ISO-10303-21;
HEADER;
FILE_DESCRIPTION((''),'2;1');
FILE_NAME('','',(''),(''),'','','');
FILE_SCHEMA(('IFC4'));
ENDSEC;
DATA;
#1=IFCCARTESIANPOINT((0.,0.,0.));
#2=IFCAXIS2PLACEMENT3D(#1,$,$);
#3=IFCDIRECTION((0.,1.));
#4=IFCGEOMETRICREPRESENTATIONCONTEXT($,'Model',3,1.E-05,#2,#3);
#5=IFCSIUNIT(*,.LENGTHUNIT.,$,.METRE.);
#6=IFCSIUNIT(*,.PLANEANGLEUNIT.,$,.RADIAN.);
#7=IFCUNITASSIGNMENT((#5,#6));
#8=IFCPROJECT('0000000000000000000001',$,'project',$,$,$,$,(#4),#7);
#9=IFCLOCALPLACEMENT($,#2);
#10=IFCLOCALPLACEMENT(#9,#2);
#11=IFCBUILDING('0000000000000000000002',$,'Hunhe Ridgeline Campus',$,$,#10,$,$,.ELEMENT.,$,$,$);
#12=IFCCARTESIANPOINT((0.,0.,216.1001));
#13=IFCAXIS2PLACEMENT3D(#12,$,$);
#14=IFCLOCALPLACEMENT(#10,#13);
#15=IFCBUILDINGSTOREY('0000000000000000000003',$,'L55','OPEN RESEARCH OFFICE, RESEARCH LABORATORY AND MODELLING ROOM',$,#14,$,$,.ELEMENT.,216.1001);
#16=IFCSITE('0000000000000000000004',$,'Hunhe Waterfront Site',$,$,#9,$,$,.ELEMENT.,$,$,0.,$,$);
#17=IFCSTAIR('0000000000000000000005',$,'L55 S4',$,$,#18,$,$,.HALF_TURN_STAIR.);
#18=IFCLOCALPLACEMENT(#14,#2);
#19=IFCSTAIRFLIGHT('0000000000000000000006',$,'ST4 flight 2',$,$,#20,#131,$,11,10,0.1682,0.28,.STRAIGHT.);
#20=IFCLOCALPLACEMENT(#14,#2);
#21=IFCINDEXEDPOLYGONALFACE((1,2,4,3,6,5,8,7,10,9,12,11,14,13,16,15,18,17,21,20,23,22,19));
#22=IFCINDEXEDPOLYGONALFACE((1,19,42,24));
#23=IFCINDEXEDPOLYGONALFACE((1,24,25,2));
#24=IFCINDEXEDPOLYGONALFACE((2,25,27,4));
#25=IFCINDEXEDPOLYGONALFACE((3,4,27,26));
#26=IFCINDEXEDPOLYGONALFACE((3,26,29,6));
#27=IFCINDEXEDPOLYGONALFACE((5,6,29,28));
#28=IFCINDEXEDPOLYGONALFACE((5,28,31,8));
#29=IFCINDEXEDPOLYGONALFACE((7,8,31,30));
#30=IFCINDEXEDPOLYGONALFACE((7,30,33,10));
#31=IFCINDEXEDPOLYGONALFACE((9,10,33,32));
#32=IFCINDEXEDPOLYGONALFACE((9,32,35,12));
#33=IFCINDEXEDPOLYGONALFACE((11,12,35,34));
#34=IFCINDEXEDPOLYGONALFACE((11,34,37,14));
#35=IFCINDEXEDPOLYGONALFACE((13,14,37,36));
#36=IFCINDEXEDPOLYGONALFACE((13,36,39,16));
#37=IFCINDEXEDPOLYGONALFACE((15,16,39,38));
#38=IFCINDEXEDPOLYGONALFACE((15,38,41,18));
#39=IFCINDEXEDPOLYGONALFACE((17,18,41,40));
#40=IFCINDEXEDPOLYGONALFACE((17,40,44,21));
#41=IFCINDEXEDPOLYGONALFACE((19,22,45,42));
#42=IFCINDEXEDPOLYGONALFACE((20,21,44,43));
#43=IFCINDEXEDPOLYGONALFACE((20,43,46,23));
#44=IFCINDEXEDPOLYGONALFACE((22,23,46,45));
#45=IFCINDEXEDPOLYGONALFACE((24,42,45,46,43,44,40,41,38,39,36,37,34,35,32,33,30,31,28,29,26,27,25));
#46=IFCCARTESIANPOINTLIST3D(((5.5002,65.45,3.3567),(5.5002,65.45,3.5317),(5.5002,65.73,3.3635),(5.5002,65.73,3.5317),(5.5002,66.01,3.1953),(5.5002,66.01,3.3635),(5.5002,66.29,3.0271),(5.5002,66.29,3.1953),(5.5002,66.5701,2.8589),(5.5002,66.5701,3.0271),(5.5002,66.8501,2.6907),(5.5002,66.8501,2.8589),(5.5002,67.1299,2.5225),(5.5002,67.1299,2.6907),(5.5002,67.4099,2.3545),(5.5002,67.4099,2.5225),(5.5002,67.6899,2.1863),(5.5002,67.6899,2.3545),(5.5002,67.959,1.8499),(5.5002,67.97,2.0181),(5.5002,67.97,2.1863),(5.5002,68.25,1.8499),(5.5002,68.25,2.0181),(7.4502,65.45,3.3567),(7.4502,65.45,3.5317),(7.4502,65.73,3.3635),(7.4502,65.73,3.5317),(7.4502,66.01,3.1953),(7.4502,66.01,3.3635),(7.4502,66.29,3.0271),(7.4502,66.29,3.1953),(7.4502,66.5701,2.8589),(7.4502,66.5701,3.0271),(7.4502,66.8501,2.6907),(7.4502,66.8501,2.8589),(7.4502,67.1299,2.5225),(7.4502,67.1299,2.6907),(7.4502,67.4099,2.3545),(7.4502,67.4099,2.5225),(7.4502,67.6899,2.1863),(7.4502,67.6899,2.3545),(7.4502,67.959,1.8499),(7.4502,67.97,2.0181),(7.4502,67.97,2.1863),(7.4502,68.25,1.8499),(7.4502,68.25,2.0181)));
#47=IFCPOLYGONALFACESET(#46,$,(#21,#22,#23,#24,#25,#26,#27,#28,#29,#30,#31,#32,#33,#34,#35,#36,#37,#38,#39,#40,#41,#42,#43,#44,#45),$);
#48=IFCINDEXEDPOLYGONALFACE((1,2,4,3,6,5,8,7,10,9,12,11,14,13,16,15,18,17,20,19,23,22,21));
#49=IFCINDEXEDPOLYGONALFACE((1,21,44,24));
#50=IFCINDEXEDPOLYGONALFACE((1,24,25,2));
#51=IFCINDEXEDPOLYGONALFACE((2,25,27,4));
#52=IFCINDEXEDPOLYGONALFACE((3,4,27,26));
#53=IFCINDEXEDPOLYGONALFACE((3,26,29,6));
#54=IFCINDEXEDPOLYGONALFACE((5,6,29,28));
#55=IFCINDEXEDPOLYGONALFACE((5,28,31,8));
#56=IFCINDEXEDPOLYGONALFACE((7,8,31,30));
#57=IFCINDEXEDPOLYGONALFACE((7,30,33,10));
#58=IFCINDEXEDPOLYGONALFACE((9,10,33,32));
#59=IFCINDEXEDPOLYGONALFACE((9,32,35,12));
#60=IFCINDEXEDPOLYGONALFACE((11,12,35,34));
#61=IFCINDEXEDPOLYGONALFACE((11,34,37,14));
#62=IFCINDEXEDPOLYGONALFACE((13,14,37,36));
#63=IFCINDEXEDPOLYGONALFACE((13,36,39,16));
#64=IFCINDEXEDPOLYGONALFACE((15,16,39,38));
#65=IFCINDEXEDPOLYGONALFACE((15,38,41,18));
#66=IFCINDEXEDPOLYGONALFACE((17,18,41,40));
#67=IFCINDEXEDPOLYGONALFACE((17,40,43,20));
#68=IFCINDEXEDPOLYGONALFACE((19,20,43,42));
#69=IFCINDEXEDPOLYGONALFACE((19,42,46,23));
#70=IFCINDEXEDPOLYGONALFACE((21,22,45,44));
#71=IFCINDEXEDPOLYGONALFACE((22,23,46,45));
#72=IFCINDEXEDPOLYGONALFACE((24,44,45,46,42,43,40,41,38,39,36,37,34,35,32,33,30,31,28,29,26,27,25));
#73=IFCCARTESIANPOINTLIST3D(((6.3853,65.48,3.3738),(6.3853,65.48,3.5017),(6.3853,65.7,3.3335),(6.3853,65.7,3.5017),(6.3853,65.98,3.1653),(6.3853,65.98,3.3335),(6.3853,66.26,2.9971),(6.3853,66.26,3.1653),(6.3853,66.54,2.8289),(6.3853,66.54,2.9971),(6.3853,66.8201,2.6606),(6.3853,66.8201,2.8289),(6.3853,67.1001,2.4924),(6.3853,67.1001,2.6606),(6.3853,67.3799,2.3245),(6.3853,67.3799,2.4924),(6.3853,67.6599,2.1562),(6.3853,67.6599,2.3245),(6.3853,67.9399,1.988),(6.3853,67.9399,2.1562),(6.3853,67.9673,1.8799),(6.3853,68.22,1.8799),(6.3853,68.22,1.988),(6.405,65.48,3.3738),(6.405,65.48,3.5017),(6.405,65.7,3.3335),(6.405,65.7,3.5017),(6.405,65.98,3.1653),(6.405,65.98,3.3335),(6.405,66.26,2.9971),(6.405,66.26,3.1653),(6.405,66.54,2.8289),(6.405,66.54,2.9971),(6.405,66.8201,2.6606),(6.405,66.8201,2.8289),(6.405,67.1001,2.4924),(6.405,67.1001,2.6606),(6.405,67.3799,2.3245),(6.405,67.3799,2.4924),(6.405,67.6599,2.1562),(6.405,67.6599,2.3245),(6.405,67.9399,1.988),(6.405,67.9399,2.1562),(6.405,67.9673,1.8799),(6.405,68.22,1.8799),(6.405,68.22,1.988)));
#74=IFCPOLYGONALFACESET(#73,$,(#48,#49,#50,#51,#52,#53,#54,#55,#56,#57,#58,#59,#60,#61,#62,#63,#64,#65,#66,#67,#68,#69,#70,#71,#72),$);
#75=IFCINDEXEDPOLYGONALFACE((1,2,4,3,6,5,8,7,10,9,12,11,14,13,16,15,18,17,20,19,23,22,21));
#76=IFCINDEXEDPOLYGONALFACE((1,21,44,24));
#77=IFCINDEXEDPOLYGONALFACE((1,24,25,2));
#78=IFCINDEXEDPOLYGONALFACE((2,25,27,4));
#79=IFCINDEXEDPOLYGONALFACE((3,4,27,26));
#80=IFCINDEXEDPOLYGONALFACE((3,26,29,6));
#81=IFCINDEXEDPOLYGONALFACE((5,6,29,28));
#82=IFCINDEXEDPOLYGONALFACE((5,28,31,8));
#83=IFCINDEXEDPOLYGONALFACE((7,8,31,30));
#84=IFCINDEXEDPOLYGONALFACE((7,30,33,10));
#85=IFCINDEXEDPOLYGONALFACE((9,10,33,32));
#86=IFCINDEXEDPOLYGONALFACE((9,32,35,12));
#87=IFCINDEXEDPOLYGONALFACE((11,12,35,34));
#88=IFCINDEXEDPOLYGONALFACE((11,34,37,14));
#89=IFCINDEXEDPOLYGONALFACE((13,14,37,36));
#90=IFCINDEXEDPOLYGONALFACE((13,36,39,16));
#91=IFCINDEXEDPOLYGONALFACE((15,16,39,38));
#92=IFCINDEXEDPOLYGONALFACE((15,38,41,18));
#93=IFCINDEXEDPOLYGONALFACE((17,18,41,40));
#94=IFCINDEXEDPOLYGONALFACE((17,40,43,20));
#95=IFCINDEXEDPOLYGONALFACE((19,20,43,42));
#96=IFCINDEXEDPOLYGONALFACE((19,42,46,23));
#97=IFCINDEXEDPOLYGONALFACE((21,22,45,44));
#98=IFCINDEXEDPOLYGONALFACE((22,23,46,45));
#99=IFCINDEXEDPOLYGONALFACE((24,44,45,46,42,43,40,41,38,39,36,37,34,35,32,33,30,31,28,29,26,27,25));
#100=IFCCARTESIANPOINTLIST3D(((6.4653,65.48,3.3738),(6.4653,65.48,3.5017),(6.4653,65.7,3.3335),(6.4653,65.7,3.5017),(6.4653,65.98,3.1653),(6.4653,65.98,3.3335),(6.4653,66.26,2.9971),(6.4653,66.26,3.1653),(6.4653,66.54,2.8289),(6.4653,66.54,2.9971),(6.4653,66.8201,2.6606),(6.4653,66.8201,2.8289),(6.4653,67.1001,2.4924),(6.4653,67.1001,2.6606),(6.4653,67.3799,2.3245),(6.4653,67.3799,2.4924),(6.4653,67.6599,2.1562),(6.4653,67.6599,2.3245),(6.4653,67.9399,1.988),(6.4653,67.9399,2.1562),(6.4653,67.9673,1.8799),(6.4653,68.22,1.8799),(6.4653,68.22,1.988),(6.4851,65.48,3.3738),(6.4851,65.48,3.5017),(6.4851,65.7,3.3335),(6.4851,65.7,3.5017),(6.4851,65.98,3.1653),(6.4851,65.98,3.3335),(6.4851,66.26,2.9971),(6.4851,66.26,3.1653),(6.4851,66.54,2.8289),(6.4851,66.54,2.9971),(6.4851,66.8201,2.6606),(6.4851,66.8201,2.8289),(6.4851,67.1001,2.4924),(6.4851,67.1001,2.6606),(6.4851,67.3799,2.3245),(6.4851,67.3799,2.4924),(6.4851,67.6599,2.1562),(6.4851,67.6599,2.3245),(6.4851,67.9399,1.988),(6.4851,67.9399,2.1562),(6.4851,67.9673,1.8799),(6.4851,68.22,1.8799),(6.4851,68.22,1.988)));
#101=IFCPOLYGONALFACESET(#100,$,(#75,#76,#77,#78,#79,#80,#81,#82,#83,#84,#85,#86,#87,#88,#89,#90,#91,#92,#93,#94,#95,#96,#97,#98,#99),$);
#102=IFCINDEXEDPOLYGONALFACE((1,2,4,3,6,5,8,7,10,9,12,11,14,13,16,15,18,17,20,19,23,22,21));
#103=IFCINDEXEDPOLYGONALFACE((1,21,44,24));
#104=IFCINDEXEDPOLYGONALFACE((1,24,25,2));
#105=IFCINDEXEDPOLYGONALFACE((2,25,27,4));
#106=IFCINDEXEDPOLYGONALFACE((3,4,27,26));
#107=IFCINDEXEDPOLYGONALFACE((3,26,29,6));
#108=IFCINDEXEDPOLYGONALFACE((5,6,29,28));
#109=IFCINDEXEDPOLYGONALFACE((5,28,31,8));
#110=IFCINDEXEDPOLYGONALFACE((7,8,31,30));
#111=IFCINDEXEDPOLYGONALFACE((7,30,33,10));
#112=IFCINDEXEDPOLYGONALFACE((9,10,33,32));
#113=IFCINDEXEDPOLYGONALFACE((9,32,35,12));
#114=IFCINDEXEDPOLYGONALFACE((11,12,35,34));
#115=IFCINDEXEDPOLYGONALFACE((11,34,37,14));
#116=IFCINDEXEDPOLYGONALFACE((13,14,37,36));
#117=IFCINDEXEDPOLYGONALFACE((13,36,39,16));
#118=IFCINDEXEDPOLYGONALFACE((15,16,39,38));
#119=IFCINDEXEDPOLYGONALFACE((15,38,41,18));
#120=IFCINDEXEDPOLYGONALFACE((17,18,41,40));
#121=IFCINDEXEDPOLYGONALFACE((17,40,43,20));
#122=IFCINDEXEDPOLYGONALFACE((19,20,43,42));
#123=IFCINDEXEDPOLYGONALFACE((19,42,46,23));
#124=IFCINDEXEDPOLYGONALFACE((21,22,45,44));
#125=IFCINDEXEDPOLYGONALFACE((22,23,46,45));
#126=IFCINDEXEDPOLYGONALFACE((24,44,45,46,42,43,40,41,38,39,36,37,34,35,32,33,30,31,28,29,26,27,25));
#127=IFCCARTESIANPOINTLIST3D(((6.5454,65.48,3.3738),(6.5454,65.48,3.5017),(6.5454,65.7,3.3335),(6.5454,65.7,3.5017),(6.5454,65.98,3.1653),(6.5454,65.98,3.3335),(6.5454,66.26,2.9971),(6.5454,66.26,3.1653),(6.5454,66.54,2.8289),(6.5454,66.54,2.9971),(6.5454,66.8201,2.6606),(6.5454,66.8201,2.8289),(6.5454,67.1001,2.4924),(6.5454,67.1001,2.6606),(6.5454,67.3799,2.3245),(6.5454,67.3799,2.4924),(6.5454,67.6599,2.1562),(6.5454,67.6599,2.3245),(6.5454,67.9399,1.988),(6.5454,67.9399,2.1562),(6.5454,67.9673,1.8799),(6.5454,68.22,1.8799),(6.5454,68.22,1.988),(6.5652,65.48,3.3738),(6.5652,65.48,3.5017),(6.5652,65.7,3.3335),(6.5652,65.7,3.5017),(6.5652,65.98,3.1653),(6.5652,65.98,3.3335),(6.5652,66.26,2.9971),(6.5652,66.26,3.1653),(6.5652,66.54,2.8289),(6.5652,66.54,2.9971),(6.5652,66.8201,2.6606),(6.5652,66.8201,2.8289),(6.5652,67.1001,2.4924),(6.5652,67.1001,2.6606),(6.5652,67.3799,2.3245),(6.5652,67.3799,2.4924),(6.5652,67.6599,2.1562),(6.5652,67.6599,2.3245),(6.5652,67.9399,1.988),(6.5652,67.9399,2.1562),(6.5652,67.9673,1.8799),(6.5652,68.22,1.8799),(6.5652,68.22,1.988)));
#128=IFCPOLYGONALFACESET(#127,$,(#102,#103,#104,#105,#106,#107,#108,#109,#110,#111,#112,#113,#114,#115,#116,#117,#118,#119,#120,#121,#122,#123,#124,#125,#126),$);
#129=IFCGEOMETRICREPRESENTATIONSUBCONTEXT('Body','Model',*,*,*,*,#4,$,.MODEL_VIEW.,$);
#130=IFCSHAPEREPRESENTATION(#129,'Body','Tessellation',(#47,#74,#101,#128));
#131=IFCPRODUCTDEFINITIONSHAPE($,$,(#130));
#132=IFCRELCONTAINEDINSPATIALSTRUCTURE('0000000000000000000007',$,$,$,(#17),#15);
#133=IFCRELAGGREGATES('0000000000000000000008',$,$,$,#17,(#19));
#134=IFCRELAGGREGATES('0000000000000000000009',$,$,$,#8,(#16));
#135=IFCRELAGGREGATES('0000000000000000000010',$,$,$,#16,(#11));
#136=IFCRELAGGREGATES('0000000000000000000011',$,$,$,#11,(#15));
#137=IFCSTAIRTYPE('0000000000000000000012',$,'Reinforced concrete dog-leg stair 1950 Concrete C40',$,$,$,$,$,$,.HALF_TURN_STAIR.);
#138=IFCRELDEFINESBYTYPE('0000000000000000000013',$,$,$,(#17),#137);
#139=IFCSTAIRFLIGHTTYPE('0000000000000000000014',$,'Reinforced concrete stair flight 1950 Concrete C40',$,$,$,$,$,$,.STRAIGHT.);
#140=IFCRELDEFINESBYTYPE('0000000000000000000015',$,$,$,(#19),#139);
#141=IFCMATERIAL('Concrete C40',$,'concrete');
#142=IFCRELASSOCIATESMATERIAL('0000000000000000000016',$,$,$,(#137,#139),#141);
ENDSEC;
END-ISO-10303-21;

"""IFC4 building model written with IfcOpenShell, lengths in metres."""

from ifc_helpers import new_model, si_unit, direction, frame, origin, place, context, subcontext, project, spatial, polyline, outline, extrude, material, type_object, element, aggregate, save


model = new_model("IFC4")

# Units and contexts
model_context = context("Model", 3, precision=1e-05, world=origin(), true_north=direction((0.0, 1.0)))
body_context = subcontext(model_context, "Body", "Model", "MODEL_VIEW")
ifc_project = project(units=[si_unit("LENGTHUNIT", "METRE"), si_unit("PLANEANGLEUNIT", "RADIAN")], contexts=[model_context])

# Site, building, storey
site_placement = place(None, origin())
site = spatial("IfcSite", under=ifc_project, at=site_placement, Name="Hunhe Waterfront Site", CompositionType="ELEMENT", RefElevation=0.0)
building_placement = place(site_placement, origin())
building = spatial("IfcBuilding", under=site, at=building_placement, Name="Hunhe Ridgeline Campus", CompositionType="ELEMENT")
storey_placement = place(building_placement, frame((0.0, 0.0, 216.1001)))
storey = spatial("IfcBuildingStorey", under=building, at=storey_placement, Name="L55", Description="OPEN RESEARCH OFFICE, RESEARCH LABORATORY AND MODELLING ROOM", CompositionType="ELEMENT", Elevation=216.1001)

# Stair, stair flight
ifc_material_1 = material(Name="Concrete C40", Category="concrete")
stair_type = type_object("IfcStairType", Name="Reinforced concrete dog-leg stair 1950 Concrete C40", PredefinedType="HALF_TURN_STAIR", material=ifc_material_1)
stair_flight_type = type_object("IfcStairFlightType", Name="Reinforced concrete stair flight 1950 Concrete C40", PredefinedType="STRAIGHT", material=ifc_material_1)
stair_1_placement = place(storey_placement, origin())
stair_1 = element("IfcStair", 1, at=stair_1_placement, inside=storey, type_object=stair_type, Name="L55 S4", PredefinedType="HALF_TURN_STAIR")
stair_flight_1_placement = place(storey_placement, frame((6.4751, 68.25, 1.8499), z_axis=(0.0, 0.0, 1.0), x_axis=(0.0, -1.0, 0.0)))
stair_flight_1 = element("IfcStairFlight", 2, at=stair_flight_1_placement, type_object=stair_flight_type, Name="ST4 flight 2", NumberOfRisers=11, NumberOfTreads=10, PredefinedType="STRAIGHT", RiserHeight=0.1682, TreadLength=0.28, context=body_context, shape_type="SweptSolid", body=[
    extrude(outline(polyline([(0.0, 0.0), (0.0, 0.1682), (0.28, 0.1682), (0.28, 0.3364), (0.5601, 0.3364), (0.5601, 0.5046), (0.8401, 0.5046), (0.8401, 0.6726), (1.1201, 0.6726), (1.1201, 0.8408), (1.3999, 0.8408), (1.3999, 1.009), (1.6799, 1.009), (1.6799, 1.1772), (1.96, 1.1772), (1.96, 1.3455), (2.24, 1.3455), (2.24, 1.5137), (2.52, 1.5137), (2.52, 1.6819), (2.8, 1.6819), (2.8, 1.8501), (2.8, 1.5068), (0.291, 0.0), (0.0, 0.0)])), frame((0.0, 0.9751, 0.0), z_axis=(0.0, -1.0, 0.0), x_axis=(1.0, 0.0, 0.0)), (0.0, 0.0, 1.0), 1.95),
    extrude(outline(polyline([(0.03, 0.03), (0.03, 0.1382), (0.3101, 0.1382), (0.3101, 0.3064), (0.5901, 0.3064), (0.5901, 0.4746), (0.8701, 0.4746), (0.8701, 0.6426), (1.1499, 0.6426), (1.1499, 0.8108), (1.4299, 0.8108), (1.4299, 0.979), (1.71, 0.979), (1.71, 1.1472), (1.99, 1.1472), (1.99, 1.3154), (2.27, 1.3154), (2.27, 1.4836), (2.55, 1.4836), (2.55, 1.6519), (2.77, 1.6519), (2.77, 1.5239), (0.2827, 0.03), (0.03, 0.03)])), frame((0.0, -0.0701, 0.0), z_axis=(0.0, -1.0, 0.0), x_axis=(1.0, 0.0, 0.0)), (0.0, 0.0, 1.0), 0.0198),
    extrude(outline(polyline([(0.03, 0.03), (0.03, 0.1382), (0.3101, 0.1382), (0.3101, 0.3064), (0.5901, 0.3064), (0.5901, 0.4746), (0.8701, 0.4746), (0.8701, 0.6426), (1.1499, 0.6426), (1.1499, 0.8108), (1.4299, 0.8108), (1.4299, 0.979), (1.71, 0.979), (1.71, 1.1472), (1.99, 1.1472), (1.99, 1.3154), (2.27, 1.3154), (2.27, 1.4836), (2.55, 1.4836), (2.55, 1.6519), (2.77, 1.6519), (2.77, 1.5239), (0.2827, 0.03), (0.03, 0.03)])), frame((0.0, 0.01, 0.0), z_axis=(0.0, -1.0, 0.0), x_axis=(1.0, 0.0, 0.0)), (0.0, 0.0, 1.0), 0.0198),
    extrude(outline(polyline([(0.03, 0.03), (0.03, 0.1382), (0.3101, 0.1382), (0.3101, 0.3064), (0.5901, 0.3064), (0.5901, 0.4746), (0.8701, 0.4746), (0.8701, 0.6426), (1.1499, 0.6426), (1.1499, 0.8108), (1.4299, 0.8108), (1.4299, 0.979), (1.71, 0.979), (1.71, 1.1472), (1.99, 1.1472), (1.99, 1.3154), (2.27, 1.3154), (2.27, 1.4836), (2.55, 1.4836), (2.55, 1.6519), (2.77, 1.6519), (2.77, 1.5239), (0.2827, 0.03), (0.03, 0.03)])), frame((0.0, 0.0901, 0.0), z_axis=(0.0, -1.0, 0.0), x_axis=(1.0, 0.0, 0.0)), (0.0, 0.0, 1.0), 0.0198),
])
aggregate(stair_1, [stair_flight_1])

save(model, "model.ifc")
